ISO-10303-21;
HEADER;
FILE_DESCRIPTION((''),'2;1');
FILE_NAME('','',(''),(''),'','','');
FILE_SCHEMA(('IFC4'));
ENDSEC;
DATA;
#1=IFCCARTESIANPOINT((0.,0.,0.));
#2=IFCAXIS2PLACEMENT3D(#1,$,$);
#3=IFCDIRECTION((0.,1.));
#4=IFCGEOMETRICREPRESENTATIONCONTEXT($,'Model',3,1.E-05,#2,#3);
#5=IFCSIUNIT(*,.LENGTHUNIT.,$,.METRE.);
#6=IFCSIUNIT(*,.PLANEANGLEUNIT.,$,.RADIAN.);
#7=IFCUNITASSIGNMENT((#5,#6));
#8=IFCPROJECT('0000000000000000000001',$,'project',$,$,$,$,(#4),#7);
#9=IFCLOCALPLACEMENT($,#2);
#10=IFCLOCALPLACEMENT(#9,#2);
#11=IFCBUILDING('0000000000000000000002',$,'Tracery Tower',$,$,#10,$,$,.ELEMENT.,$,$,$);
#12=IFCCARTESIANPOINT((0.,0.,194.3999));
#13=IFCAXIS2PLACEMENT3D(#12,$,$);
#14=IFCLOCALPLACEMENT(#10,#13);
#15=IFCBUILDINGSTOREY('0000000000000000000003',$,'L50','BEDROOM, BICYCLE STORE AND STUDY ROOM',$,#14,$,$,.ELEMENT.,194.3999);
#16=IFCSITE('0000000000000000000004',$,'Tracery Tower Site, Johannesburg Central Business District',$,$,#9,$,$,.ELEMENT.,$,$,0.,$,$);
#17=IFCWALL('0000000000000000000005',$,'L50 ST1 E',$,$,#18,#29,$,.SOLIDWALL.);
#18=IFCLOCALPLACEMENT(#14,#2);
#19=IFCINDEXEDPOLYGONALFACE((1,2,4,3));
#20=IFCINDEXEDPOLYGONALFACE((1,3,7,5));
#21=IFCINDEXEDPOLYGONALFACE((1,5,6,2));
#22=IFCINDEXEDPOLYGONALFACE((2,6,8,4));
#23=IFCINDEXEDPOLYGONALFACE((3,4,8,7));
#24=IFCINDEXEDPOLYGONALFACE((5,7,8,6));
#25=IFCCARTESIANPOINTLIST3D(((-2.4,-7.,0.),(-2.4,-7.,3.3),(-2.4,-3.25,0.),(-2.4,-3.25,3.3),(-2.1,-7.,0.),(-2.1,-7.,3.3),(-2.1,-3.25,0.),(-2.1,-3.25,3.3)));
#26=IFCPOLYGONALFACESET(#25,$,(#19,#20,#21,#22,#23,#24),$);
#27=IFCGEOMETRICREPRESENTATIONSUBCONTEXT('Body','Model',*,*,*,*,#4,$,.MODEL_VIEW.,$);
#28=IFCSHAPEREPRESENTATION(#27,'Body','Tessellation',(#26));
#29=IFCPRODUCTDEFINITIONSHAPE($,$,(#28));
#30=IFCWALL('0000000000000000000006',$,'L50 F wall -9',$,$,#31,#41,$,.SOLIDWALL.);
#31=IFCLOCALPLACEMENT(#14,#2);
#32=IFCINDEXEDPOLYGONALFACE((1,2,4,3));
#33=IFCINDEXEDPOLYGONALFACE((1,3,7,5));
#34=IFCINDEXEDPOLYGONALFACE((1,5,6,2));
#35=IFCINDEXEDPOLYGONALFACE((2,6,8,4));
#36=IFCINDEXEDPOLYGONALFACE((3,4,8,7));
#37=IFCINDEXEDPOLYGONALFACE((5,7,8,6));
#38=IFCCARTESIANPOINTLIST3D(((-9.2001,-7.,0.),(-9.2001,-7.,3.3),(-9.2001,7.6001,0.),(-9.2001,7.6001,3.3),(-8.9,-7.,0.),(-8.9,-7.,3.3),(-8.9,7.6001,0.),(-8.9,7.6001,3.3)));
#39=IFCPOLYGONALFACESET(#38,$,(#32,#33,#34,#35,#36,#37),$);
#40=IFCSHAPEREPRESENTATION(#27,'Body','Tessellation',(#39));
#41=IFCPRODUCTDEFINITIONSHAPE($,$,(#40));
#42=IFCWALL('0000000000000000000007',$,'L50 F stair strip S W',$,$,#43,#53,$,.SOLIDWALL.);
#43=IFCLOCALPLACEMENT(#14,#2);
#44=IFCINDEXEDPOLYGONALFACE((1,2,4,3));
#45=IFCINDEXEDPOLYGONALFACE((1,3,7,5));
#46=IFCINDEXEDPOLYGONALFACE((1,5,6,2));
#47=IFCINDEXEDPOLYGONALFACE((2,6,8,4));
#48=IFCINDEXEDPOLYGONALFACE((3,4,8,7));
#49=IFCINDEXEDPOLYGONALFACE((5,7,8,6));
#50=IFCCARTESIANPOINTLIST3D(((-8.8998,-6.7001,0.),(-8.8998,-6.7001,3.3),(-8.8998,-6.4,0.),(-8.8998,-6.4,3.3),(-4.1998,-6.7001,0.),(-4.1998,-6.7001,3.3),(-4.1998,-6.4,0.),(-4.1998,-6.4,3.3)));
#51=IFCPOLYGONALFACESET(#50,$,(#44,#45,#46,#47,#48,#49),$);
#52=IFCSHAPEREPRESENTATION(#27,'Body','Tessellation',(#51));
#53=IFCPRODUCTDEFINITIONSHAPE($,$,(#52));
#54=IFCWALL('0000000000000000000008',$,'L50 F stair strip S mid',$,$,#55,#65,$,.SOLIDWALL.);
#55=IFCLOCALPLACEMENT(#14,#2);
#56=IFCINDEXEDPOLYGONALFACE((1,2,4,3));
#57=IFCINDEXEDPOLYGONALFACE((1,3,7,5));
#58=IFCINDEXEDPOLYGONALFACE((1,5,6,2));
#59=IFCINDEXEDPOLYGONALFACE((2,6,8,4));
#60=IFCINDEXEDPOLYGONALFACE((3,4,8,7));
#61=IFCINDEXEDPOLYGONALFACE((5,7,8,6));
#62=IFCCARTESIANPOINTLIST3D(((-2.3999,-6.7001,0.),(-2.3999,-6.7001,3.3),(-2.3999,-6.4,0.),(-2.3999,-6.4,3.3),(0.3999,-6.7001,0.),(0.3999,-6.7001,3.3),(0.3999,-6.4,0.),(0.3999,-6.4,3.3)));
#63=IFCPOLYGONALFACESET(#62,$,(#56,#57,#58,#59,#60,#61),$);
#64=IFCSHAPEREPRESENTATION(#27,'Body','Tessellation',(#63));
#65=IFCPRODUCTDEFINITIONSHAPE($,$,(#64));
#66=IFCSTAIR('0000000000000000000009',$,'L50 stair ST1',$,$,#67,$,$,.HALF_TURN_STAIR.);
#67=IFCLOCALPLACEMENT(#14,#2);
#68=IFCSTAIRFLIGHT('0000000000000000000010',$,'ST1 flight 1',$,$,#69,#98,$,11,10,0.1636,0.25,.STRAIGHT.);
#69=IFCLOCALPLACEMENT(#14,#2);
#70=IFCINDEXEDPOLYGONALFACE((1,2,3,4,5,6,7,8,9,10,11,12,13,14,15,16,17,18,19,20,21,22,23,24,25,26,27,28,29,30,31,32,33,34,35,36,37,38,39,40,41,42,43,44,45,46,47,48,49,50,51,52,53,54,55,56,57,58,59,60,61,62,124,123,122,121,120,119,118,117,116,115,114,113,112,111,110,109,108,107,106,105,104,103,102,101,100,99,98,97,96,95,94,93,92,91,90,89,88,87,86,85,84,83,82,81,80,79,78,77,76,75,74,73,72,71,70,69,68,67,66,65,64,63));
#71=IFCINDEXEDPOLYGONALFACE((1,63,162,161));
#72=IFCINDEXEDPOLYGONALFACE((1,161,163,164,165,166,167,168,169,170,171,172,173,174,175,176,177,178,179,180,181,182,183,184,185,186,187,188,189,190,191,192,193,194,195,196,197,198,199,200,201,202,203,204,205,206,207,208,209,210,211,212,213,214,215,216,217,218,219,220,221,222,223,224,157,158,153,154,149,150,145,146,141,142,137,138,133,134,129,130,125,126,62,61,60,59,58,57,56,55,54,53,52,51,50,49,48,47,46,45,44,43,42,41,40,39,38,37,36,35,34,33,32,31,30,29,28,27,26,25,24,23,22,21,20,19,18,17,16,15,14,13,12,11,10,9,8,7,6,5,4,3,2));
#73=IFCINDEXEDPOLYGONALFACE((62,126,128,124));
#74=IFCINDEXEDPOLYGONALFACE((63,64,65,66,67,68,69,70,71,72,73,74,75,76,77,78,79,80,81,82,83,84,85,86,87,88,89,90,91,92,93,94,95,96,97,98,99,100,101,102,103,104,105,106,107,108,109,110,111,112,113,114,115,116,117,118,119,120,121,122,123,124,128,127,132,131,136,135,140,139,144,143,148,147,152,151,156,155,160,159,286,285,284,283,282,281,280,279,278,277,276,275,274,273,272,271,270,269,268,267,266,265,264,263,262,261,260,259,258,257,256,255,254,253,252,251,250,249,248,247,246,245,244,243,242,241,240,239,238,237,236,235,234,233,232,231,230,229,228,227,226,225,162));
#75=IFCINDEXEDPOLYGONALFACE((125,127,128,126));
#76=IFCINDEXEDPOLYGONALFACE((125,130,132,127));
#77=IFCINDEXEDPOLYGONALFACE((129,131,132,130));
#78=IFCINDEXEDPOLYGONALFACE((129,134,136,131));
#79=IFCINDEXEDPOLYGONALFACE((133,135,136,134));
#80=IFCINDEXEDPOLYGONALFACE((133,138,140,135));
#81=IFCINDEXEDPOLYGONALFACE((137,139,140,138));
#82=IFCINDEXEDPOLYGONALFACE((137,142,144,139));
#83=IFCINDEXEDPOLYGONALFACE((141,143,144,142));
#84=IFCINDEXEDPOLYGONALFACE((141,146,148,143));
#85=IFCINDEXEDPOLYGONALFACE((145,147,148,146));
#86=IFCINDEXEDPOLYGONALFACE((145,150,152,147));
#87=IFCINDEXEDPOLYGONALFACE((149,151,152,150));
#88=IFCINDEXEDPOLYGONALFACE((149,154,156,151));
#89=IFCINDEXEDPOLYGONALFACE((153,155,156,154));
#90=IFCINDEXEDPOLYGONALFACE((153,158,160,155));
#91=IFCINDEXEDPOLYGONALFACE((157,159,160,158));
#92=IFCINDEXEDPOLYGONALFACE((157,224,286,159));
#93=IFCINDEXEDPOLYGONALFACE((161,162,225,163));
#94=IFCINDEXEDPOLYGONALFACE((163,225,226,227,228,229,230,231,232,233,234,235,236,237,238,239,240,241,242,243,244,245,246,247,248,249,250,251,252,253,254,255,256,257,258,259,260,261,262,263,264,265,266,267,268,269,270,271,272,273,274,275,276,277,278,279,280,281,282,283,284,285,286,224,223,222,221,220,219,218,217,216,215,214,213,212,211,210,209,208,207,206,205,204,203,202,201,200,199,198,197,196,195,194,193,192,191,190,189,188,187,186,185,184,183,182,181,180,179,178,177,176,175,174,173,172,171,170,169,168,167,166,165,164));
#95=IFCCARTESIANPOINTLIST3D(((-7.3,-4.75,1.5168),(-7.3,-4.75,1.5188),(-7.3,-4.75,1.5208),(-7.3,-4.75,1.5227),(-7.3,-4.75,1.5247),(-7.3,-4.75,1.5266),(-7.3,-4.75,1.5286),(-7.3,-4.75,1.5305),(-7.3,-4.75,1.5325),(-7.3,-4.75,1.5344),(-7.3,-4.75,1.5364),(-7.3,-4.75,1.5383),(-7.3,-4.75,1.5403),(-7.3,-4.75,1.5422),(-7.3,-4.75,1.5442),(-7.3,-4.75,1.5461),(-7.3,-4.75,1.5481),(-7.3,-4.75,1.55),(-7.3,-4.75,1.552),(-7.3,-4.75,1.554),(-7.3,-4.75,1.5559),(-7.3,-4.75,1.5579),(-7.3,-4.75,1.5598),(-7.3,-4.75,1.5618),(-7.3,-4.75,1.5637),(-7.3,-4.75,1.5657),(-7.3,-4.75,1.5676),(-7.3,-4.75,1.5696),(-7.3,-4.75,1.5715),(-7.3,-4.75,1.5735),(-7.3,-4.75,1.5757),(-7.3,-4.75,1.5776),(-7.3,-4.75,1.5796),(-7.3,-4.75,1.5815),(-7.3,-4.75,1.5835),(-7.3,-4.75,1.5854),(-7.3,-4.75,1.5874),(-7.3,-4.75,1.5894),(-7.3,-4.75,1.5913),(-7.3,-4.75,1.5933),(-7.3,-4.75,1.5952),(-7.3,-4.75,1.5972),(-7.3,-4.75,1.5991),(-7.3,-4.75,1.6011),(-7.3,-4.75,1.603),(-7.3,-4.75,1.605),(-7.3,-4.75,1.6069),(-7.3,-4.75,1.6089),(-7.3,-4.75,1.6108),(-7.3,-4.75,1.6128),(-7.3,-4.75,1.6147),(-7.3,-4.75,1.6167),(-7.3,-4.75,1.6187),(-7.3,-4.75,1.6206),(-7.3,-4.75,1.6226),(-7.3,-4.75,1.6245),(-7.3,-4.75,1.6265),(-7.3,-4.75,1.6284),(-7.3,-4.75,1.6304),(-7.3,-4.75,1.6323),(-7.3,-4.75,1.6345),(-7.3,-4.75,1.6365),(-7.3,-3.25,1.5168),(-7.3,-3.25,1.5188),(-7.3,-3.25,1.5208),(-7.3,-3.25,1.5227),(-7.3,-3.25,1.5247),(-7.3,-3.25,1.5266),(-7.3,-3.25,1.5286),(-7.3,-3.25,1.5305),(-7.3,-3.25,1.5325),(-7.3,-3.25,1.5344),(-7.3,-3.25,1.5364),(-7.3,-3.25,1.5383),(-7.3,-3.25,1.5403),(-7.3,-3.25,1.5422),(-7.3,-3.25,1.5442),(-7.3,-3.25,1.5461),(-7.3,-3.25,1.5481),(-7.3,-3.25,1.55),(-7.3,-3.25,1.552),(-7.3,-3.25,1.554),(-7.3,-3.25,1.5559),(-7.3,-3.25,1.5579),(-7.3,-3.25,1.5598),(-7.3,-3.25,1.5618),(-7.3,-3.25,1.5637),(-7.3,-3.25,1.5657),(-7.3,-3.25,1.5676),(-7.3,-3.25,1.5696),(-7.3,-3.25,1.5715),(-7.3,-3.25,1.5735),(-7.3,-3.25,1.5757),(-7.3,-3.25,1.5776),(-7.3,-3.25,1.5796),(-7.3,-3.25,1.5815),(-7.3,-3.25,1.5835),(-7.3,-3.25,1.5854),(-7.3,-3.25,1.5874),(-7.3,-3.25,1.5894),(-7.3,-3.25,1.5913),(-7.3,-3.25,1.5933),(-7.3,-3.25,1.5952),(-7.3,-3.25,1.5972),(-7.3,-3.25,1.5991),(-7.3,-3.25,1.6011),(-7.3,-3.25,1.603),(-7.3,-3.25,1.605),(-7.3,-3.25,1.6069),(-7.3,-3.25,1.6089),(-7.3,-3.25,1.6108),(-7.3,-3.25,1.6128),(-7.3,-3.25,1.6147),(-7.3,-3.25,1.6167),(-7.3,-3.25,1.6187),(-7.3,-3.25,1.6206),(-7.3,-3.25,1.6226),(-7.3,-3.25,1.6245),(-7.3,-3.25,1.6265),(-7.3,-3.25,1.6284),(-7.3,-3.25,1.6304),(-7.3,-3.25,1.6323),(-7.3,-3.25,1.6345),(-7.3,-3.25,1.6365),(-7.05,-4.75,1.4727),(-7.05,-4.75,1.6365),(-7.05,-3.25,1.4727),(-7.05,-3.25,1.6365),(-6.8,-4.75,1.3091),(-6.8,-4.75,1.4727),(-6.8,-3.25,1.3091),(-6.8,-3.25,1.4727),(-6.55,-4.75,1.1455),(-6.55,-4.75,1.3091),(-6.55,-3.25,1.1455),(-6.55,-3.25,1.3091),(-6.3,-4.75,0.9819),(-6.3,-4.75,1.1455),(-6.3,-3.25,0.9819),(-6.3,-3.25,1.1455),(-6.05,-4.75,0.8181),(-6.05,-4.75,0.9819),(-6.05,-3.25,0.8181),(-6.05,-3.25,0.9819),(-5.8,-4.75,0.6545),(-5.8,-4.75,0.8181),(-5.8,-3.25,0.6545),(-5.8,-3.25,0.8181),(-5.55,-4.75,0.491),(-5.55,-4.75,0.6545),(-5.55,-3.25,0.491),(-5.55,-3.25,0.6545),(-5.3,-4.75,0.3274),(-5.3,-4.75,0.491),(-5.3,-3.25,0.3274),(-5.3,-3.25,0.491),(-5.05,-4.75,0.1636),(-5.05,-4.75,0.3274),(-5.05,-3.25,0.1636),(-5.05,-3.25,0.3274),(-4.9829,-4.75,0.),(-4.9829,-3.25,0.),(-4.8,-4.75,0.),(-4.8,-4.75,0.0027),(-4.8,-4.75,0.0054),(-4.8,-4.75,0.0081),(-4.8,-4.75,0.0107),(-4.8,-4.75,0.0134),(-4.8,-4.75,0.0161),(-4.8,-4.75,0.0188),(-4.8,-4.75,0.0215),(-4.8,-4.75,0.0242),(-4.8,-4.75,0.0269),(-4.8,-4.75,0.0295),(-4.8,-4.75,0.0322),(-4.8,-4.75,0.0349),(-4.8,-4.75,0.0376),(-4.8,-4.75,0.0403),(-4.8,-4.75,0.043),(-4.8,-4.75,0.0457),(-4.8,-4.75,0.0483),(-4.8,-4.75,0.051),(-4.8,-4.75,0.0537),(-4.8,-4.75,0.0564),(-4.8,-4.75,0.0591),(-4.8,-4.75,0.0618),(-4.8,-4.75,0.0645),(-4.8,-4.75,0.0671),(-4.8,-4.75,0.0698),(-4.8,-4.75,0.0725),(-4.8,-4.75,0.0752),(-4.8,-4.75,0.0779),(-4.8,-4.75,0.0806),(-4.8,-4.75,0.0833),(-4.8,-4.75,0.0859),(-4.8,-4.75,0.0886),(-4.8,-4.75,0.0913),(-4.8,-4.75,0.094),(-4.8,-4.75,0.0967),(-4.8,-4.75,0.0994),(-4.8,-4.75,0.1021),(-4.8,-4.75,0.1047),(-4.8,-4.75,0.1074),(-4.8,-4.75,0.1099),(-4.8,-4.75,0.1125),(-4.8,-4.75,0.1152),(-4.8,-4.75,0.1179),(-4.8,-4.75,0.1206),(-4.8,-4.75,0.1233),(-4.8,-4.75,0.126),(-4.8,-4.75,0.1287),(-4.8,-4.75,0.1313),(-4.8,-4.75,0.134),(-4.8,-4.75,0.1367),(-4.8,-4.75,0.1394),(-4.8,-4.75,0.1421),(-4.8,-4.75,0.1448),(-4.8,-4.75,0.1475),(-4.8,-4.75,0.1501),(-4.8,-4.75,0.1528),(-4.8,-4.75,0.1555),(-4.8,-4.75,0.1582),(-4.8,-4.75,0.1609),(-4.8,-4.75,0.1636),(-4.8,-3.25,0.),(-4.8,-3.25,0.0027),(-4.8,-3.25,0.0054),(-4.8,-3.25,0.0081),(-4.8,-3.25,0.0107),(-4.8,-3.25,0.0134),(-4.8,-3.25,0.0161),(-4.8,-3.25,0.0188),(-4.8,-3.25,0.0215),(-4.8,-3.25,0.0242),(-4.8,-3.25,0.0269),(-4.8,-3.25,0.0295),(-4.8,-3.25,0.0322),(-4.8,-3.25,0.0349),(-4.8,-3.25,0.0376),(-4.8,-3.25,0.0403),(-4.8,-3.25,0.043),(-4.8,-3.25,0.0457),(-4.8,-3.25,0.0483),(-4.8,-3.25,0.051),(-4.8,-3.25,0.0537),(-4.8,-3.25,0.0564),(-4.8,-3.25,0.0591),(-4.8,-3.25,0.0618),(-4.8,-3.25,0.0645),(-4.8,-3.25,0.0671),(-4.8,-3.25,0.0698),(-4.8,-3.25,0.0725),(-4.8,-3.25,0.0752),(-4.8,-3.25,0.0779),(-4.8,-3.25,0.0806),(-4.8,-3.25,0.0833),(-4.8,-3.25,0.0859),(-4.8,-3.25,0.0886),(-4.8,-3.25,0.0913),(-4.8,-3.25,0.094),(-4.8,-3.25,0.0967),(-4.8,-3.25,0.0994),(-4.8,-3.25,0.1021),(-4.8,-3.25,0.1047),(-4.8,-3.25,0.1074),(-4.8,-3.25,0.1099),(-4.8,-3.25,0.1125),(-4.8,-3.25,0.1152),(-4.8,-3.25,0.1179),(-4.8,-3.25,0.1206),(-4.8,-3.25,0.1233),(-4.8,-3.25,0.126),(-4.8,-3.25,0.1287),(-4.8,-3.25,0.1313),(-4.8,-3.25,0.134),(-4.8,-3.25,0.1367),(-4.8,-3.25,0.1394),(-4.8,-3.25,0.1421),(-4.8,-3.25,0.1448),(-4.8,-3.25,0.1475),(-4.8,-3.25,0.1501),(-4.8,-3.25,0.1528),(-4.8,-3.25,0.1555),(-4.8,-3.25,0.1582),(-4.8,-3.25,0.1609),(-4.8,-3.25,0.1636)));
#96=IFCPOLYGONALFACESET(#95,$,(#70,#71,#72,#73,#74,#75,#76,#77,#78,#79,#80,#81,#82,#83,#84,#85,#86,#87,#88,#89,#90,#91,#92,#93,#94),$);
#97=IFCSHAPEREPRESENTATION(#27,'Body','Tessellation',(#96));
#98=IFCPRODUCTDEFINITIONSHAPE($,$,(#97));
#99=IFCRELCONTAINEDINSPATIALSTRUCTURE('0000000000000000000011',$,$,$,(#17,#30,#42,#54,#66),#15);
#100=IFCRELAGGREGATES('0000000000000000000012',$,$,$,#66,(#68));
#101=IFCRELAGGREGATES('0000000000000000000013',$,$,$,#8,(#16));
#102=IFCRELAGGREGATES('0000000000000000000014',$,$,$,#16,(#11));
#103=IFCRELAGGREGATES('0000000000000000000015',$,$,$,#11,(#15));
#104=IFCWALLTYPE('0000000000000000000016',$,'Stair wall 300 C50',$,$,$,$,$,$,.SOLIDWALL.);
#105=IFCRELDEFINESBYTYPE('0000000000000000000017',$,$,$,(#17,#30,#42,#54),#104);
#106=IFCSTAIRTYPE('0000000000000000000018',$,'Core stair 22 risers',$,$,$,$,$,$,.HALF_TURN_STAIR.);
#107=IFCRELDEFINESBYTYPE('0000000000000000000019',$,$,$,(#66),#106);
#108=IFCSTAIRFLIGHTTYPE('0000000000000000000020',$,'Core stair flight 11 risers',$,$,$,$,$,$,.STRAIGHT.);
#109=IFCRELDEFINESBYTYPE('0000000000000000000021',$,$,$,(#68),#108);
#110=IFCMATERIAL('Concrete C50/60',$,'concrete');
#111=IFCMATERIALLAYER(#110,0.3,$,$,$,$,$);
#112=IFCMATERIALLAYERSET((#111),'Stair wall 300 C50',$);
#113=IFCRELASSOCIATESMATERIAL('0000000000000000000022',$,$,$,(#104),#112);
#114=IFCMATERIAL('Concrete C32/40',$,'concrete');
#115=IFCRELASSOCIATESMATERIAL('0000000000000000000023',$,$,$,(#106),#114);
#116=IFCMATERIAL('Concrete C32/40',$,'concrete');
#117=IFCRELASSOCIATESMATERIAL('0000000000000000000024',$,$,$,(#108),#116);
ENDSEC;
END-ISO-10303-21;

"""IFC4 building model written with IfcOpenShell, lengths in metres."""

from ifc_helpers import new_model, si_unit, direction, frame, frame_2d, origin, place, context, subcontext, project, spatial, polyline, rectangle, outline, extrude, material, layer, layer_set, type_object, element, aggregate, save


model = new_model("IFC4")

# Units and contexts
model_context = context("Model", 3, precision=1e-05, world=origin(), true_north=direction((0.0, 1.0)))
body_context = subcontext(model_context, "Body", "Model", "MODEL_VIEW")
ifc_project = project(units=[si_unit("LENGTHUNIT", "METRE"), si_unit("PLANEANGLEUNIT", "RADIAN")], contexts=[model_context])

# Site, building, storey
site_placement = place(None, origin())
site = spatial("IfcSite", under=ifc_project, at=site_placement, Name="Tracery Tower Site, Johannesburg Central Business District", CompositionType="ELEMENT", RefElevation=0.0)
building_placement = place(site_placement, origin())
building = spatial("IfcBuilding", under=site, at=building_placement, Name="Tracery Tower", CompositionType="ELEMENT")
storey_placement = place(building_placement, frame((0.0, 0.0, 194.3999)))
storey = spatial("IfcBuildingStorey", under=building, at=storey_placement, Name="L50", Description="BEDROOM, BICYCLE STORE AND STUDY ROOM", CompositionType="ELEMENT", Elevation=194.3999)

# Shared definitions
ifc_material_1 = material(Name="Concrete C50/60", Category="concrete")
ifc_layer_1 = layer(ifc_material_1, 0.3)
ifc_layer_set_1 = layer_set([ifc_layer_1], Name="Stair wall 300 C50")
wall_type_1 = type_object("IfcWallType", Name="Stair wall 300 C50", PredefinedType="SOLIDWALL", material=ifc_layer_set_1)

# Walls
wall_1_placement = place(storey_placement, frame((-2.25, -7.0, 0.0), z_axis=(0.0, 0.0, 1.0), x_axis=(0.0, 1.0, 0.0)))
element("IfcWall", 1, at=wall_1_placement, inside=storey, type_object=wall_type_1, Name="L50 ST1 E", PredefinedType="SOLIDWALL", context=body_context, shape_type="SweptSolid", body=[
    extrude(rectangle(XDim=3.75, YDim=0.3, at=frame_2d((1.875, 0.0))), origin(), (0.0, 0.0, 1.0), 3.3),
])
wall_2_placement = place(storey_placement, frame((-9.05, -7.0, 0.0), z_axis=(0.0, 0.0, 1.0), x_axis=(0.0, 1.0, 0.0)))
element("IfcWall", 2, at=wall_2_placement, inside=storey, type_object=wall_type_1, Name="L50 F wall -9", PredefinedType="SOLIDWALL", context=body_context, shape_type="SweptSolid", body=[
    extrude(rectangle(XDim=14.6001, YDim=0.3, at=frame_2d((7.3, 0.0))), origin(), (0.0, 0.0, 1.0), 3.3),
])
wall_3_placement = place(storey_placement, frame((-8.8999, -6.55, 0.0), z_axis=(0.0, 0.0, 1.0), x_axis=(1.0, 0.0, 0.0)))
element("IfcWall", 3, at=wall_3_placement, inside=storey, type_object=wall_type_1, Name="L50 F stair strip S W", PredefinedType="SOLIDWALL", context=body_context, shape_type="SweptSolid", body=[
    extrude(rectangle(XDim=4.7, YDim=0.3, at=frame_2d((2.3501, 0.0))), origin(), (0.0, 0.0, 1.0), 3.3),
])
wall_4_placement = place(storey_placement, frame((-2.3999, -6.55, 0.0), z_axis=(0.0, 0.0, 1.0), x_axis=(1.0, 0.0, 0.0)))
element("IfcWall", 4, at=wall_4_placement, inside=storey, type_object=wall_type_1, Name="L50 F stair strip S mid", PredefinedType="SOLIDWALL", context=body_context, shape_type="SweptSolid", body=[
    extrude(rectangle(XDim=2.7998, YDim=0.3, at=frame_2d((1.3999, 0.0))), origin(), (0.0, 0.0, 1.0), 3.3),
])

# Stair, stair flight
ifc_material_2 = material(Name="Concrete C32/40", Category="concrete")
stair_type = type_object("IfcStairType", Name="Core stair 22 risers", PredefinedType="HALF_TURN_STAIR", material=ifc_material_2)
stair_placement = place(storey_placement, origin())
stair = element("IfcStair", 5, at=stair_placement, inside=storey, type_object=stair_type, Name="L50 stair ST1", PredefinedType="HALF_TURN_STAIR")
ifc_material_3 = material(Name="Concrete C32/40", Category="concrete")
stair_flight_type = type_object("IfcStairFlightType", Name="Core stair flight 11 risers", PredefinedType="STRAIGHT", material=ifc_material_3)
stair_flight_1_placement = place(storey_placement, frame((-4.8, -4.0, 0.0), z_axis=(0.0, 0.0, 1.0), x_axis=(-1.0, 0.0, 0.0)))
stair_flight_1 = element("IfcStairFlight", 6, at=stair_flight_1_placement, type_object=stair_flight_type, Name="ST1 flight 1", NumberOfRisers=11, NumberOfTreads=10, PredefinedType="STRAIGHT", RiserHeight=0.1636, TreadLength=0.25, context=body_context, shape_type="SweptSolid", body=[
    extrude(outline(polyline([(0.0, 0.0), (0.0, 0.0027), (0.0, 0.0054), (0.0, 0.0081), (0.0, 0.0107), (0.0, 0.0134), (0.0, 0.0161), (0.0, 0.0188), (0.0, 0.0215), (0.0, 0.0242), (0.0, 0.0269), (0.0, 0.0295), (0.0, 0.0322), (0.0, 0.0349), (0.0, 0.0376), (0.0, 0.0403), (0.0, 0.043), (0.0, 0.0457), (0.0, 0.0483), (0.0, 0.051), (0.0, 0.0537), (0.0, 0.0564), (0.0, 0.0591), (0.0, 0.0618), (0.0, 0.0645), (0.0, 0.0671), (0.0, 0.0698), (0.0, 0.0725), (0.0, 0.0752), (0.0, 0.0779), (0.0, 0.0806), (0.0, 0.0833), (0.0, 0.0859), (0.0, 0.0886), (0.0, 0.0913), (0.0, 0.094), (0.0, 0.0967), (0.0, 0.0994), (0.0, 0.1021), (0.0, 0.1047), (0.0, 0.1074), (0.0, 0.1099), (0.0, 0.1125), (0.0, 0.1152), (0.0, 0.1179), (0.0, 0.1206), (0.0, 0.1233), (0.0, 0.126), (0.0, 0.1287), (0.0, 0.1313), (0.0, 0.134), (0.0, 0.1367), (0.0, 0.1394), (0.0, 0.1421), (0.0, 0.1448), (0.0, 0.1475), (0.0, 0.1501), (0.0, 0.1528), (0.0, 0.1555), (0.0, 0.1582), (0.0, 0.1609), (0.0, 0.1636), (0.25, 0.1636), (0.25, 0.3274), (0.5, 0.3274), (0.5, 0.491), (0.75, 0.491), (0.75, 0.6545), (1.0, 0.6545), (1.0, 0.8181), (1.25, 0.8181), (1.25, 0.9819), (1.5, 0.9819), (1.5, 1.1455), (1.75, 1.1455), (1.75, 1.3091), (2.0, 1.3091), (2.0, 1.4727), (2.25, 1.4727), (2.25, 1.6365), (2.5, 1.6365), (2.5, 1.6345), (2.5, 1.6323), (2.5, 1.6304), (2.5, 1.6284), (2.5, 1.6265), (2.5, 1.6245), (2.5, 1.6226), (2.5, 1.6206), (2.5, 1.6187), (2.5, 1.6167), (2.5, 1.6147), (2.5, 1.6128), (2.5, 1.6108), (2.5, 1.6089), (2.5, 1.6069), (2.5, 1.605), (2.5, 1.603), (2.5, 1.6011), (2.5, 1.5991), (2.5, 1.5972), (2.5, 1.5952), (2.5, 1.5933), (2.5, 1.5913), (2.5, 1.5894), (2.5, 1.5874), (2.5, 1.5854), (2.5, 1.5835), (2.5, 1.5815), (2.5, 1.5796), (2.5, 1.5776), (2.5, 1.5757), (2.5, 1.5735), (2.5, 1.5715), (2.5, 1.5696), (2.5, 1.5676), (2.5, 1.5657), (2.5, 1.5637), (2.5, 1.5618), (2.5, 1.5598), (2.5, 1.5579), (2.5, 1.5559), (2.5, 1.554), (2.5, 1.552), (2.5, 1.55), (2.5, 1.5481), (2.5, 1.5461), (2.5, 1.5442), (2.5, 1.5422), (2.5, 1.5403), (2.5, 1.5383), (2.5, 1.5364), (2.5, 1.5344), (2.5, 1.5325), (2.5, 1.5305), (2.5, 1.5286), (2.5, 1.5266), (2.5, 1.5247), (2.5, 1.5227), (2.5, 1.5208), (2.5, 1.5188), (2.5, 1.5168), (0.1829, 0.0), (0.0, 0.0)])), frame((0.0, 0.75, 0.0), z_axis=(0.0, -1.0, 0.0), x_axis=(1.0, 0.0, 0.0)), (0.0, 0.0, 1.0), 1.5),
])
aggregate(stair, [stair_flight_1])

save(model, "model.ifc")
